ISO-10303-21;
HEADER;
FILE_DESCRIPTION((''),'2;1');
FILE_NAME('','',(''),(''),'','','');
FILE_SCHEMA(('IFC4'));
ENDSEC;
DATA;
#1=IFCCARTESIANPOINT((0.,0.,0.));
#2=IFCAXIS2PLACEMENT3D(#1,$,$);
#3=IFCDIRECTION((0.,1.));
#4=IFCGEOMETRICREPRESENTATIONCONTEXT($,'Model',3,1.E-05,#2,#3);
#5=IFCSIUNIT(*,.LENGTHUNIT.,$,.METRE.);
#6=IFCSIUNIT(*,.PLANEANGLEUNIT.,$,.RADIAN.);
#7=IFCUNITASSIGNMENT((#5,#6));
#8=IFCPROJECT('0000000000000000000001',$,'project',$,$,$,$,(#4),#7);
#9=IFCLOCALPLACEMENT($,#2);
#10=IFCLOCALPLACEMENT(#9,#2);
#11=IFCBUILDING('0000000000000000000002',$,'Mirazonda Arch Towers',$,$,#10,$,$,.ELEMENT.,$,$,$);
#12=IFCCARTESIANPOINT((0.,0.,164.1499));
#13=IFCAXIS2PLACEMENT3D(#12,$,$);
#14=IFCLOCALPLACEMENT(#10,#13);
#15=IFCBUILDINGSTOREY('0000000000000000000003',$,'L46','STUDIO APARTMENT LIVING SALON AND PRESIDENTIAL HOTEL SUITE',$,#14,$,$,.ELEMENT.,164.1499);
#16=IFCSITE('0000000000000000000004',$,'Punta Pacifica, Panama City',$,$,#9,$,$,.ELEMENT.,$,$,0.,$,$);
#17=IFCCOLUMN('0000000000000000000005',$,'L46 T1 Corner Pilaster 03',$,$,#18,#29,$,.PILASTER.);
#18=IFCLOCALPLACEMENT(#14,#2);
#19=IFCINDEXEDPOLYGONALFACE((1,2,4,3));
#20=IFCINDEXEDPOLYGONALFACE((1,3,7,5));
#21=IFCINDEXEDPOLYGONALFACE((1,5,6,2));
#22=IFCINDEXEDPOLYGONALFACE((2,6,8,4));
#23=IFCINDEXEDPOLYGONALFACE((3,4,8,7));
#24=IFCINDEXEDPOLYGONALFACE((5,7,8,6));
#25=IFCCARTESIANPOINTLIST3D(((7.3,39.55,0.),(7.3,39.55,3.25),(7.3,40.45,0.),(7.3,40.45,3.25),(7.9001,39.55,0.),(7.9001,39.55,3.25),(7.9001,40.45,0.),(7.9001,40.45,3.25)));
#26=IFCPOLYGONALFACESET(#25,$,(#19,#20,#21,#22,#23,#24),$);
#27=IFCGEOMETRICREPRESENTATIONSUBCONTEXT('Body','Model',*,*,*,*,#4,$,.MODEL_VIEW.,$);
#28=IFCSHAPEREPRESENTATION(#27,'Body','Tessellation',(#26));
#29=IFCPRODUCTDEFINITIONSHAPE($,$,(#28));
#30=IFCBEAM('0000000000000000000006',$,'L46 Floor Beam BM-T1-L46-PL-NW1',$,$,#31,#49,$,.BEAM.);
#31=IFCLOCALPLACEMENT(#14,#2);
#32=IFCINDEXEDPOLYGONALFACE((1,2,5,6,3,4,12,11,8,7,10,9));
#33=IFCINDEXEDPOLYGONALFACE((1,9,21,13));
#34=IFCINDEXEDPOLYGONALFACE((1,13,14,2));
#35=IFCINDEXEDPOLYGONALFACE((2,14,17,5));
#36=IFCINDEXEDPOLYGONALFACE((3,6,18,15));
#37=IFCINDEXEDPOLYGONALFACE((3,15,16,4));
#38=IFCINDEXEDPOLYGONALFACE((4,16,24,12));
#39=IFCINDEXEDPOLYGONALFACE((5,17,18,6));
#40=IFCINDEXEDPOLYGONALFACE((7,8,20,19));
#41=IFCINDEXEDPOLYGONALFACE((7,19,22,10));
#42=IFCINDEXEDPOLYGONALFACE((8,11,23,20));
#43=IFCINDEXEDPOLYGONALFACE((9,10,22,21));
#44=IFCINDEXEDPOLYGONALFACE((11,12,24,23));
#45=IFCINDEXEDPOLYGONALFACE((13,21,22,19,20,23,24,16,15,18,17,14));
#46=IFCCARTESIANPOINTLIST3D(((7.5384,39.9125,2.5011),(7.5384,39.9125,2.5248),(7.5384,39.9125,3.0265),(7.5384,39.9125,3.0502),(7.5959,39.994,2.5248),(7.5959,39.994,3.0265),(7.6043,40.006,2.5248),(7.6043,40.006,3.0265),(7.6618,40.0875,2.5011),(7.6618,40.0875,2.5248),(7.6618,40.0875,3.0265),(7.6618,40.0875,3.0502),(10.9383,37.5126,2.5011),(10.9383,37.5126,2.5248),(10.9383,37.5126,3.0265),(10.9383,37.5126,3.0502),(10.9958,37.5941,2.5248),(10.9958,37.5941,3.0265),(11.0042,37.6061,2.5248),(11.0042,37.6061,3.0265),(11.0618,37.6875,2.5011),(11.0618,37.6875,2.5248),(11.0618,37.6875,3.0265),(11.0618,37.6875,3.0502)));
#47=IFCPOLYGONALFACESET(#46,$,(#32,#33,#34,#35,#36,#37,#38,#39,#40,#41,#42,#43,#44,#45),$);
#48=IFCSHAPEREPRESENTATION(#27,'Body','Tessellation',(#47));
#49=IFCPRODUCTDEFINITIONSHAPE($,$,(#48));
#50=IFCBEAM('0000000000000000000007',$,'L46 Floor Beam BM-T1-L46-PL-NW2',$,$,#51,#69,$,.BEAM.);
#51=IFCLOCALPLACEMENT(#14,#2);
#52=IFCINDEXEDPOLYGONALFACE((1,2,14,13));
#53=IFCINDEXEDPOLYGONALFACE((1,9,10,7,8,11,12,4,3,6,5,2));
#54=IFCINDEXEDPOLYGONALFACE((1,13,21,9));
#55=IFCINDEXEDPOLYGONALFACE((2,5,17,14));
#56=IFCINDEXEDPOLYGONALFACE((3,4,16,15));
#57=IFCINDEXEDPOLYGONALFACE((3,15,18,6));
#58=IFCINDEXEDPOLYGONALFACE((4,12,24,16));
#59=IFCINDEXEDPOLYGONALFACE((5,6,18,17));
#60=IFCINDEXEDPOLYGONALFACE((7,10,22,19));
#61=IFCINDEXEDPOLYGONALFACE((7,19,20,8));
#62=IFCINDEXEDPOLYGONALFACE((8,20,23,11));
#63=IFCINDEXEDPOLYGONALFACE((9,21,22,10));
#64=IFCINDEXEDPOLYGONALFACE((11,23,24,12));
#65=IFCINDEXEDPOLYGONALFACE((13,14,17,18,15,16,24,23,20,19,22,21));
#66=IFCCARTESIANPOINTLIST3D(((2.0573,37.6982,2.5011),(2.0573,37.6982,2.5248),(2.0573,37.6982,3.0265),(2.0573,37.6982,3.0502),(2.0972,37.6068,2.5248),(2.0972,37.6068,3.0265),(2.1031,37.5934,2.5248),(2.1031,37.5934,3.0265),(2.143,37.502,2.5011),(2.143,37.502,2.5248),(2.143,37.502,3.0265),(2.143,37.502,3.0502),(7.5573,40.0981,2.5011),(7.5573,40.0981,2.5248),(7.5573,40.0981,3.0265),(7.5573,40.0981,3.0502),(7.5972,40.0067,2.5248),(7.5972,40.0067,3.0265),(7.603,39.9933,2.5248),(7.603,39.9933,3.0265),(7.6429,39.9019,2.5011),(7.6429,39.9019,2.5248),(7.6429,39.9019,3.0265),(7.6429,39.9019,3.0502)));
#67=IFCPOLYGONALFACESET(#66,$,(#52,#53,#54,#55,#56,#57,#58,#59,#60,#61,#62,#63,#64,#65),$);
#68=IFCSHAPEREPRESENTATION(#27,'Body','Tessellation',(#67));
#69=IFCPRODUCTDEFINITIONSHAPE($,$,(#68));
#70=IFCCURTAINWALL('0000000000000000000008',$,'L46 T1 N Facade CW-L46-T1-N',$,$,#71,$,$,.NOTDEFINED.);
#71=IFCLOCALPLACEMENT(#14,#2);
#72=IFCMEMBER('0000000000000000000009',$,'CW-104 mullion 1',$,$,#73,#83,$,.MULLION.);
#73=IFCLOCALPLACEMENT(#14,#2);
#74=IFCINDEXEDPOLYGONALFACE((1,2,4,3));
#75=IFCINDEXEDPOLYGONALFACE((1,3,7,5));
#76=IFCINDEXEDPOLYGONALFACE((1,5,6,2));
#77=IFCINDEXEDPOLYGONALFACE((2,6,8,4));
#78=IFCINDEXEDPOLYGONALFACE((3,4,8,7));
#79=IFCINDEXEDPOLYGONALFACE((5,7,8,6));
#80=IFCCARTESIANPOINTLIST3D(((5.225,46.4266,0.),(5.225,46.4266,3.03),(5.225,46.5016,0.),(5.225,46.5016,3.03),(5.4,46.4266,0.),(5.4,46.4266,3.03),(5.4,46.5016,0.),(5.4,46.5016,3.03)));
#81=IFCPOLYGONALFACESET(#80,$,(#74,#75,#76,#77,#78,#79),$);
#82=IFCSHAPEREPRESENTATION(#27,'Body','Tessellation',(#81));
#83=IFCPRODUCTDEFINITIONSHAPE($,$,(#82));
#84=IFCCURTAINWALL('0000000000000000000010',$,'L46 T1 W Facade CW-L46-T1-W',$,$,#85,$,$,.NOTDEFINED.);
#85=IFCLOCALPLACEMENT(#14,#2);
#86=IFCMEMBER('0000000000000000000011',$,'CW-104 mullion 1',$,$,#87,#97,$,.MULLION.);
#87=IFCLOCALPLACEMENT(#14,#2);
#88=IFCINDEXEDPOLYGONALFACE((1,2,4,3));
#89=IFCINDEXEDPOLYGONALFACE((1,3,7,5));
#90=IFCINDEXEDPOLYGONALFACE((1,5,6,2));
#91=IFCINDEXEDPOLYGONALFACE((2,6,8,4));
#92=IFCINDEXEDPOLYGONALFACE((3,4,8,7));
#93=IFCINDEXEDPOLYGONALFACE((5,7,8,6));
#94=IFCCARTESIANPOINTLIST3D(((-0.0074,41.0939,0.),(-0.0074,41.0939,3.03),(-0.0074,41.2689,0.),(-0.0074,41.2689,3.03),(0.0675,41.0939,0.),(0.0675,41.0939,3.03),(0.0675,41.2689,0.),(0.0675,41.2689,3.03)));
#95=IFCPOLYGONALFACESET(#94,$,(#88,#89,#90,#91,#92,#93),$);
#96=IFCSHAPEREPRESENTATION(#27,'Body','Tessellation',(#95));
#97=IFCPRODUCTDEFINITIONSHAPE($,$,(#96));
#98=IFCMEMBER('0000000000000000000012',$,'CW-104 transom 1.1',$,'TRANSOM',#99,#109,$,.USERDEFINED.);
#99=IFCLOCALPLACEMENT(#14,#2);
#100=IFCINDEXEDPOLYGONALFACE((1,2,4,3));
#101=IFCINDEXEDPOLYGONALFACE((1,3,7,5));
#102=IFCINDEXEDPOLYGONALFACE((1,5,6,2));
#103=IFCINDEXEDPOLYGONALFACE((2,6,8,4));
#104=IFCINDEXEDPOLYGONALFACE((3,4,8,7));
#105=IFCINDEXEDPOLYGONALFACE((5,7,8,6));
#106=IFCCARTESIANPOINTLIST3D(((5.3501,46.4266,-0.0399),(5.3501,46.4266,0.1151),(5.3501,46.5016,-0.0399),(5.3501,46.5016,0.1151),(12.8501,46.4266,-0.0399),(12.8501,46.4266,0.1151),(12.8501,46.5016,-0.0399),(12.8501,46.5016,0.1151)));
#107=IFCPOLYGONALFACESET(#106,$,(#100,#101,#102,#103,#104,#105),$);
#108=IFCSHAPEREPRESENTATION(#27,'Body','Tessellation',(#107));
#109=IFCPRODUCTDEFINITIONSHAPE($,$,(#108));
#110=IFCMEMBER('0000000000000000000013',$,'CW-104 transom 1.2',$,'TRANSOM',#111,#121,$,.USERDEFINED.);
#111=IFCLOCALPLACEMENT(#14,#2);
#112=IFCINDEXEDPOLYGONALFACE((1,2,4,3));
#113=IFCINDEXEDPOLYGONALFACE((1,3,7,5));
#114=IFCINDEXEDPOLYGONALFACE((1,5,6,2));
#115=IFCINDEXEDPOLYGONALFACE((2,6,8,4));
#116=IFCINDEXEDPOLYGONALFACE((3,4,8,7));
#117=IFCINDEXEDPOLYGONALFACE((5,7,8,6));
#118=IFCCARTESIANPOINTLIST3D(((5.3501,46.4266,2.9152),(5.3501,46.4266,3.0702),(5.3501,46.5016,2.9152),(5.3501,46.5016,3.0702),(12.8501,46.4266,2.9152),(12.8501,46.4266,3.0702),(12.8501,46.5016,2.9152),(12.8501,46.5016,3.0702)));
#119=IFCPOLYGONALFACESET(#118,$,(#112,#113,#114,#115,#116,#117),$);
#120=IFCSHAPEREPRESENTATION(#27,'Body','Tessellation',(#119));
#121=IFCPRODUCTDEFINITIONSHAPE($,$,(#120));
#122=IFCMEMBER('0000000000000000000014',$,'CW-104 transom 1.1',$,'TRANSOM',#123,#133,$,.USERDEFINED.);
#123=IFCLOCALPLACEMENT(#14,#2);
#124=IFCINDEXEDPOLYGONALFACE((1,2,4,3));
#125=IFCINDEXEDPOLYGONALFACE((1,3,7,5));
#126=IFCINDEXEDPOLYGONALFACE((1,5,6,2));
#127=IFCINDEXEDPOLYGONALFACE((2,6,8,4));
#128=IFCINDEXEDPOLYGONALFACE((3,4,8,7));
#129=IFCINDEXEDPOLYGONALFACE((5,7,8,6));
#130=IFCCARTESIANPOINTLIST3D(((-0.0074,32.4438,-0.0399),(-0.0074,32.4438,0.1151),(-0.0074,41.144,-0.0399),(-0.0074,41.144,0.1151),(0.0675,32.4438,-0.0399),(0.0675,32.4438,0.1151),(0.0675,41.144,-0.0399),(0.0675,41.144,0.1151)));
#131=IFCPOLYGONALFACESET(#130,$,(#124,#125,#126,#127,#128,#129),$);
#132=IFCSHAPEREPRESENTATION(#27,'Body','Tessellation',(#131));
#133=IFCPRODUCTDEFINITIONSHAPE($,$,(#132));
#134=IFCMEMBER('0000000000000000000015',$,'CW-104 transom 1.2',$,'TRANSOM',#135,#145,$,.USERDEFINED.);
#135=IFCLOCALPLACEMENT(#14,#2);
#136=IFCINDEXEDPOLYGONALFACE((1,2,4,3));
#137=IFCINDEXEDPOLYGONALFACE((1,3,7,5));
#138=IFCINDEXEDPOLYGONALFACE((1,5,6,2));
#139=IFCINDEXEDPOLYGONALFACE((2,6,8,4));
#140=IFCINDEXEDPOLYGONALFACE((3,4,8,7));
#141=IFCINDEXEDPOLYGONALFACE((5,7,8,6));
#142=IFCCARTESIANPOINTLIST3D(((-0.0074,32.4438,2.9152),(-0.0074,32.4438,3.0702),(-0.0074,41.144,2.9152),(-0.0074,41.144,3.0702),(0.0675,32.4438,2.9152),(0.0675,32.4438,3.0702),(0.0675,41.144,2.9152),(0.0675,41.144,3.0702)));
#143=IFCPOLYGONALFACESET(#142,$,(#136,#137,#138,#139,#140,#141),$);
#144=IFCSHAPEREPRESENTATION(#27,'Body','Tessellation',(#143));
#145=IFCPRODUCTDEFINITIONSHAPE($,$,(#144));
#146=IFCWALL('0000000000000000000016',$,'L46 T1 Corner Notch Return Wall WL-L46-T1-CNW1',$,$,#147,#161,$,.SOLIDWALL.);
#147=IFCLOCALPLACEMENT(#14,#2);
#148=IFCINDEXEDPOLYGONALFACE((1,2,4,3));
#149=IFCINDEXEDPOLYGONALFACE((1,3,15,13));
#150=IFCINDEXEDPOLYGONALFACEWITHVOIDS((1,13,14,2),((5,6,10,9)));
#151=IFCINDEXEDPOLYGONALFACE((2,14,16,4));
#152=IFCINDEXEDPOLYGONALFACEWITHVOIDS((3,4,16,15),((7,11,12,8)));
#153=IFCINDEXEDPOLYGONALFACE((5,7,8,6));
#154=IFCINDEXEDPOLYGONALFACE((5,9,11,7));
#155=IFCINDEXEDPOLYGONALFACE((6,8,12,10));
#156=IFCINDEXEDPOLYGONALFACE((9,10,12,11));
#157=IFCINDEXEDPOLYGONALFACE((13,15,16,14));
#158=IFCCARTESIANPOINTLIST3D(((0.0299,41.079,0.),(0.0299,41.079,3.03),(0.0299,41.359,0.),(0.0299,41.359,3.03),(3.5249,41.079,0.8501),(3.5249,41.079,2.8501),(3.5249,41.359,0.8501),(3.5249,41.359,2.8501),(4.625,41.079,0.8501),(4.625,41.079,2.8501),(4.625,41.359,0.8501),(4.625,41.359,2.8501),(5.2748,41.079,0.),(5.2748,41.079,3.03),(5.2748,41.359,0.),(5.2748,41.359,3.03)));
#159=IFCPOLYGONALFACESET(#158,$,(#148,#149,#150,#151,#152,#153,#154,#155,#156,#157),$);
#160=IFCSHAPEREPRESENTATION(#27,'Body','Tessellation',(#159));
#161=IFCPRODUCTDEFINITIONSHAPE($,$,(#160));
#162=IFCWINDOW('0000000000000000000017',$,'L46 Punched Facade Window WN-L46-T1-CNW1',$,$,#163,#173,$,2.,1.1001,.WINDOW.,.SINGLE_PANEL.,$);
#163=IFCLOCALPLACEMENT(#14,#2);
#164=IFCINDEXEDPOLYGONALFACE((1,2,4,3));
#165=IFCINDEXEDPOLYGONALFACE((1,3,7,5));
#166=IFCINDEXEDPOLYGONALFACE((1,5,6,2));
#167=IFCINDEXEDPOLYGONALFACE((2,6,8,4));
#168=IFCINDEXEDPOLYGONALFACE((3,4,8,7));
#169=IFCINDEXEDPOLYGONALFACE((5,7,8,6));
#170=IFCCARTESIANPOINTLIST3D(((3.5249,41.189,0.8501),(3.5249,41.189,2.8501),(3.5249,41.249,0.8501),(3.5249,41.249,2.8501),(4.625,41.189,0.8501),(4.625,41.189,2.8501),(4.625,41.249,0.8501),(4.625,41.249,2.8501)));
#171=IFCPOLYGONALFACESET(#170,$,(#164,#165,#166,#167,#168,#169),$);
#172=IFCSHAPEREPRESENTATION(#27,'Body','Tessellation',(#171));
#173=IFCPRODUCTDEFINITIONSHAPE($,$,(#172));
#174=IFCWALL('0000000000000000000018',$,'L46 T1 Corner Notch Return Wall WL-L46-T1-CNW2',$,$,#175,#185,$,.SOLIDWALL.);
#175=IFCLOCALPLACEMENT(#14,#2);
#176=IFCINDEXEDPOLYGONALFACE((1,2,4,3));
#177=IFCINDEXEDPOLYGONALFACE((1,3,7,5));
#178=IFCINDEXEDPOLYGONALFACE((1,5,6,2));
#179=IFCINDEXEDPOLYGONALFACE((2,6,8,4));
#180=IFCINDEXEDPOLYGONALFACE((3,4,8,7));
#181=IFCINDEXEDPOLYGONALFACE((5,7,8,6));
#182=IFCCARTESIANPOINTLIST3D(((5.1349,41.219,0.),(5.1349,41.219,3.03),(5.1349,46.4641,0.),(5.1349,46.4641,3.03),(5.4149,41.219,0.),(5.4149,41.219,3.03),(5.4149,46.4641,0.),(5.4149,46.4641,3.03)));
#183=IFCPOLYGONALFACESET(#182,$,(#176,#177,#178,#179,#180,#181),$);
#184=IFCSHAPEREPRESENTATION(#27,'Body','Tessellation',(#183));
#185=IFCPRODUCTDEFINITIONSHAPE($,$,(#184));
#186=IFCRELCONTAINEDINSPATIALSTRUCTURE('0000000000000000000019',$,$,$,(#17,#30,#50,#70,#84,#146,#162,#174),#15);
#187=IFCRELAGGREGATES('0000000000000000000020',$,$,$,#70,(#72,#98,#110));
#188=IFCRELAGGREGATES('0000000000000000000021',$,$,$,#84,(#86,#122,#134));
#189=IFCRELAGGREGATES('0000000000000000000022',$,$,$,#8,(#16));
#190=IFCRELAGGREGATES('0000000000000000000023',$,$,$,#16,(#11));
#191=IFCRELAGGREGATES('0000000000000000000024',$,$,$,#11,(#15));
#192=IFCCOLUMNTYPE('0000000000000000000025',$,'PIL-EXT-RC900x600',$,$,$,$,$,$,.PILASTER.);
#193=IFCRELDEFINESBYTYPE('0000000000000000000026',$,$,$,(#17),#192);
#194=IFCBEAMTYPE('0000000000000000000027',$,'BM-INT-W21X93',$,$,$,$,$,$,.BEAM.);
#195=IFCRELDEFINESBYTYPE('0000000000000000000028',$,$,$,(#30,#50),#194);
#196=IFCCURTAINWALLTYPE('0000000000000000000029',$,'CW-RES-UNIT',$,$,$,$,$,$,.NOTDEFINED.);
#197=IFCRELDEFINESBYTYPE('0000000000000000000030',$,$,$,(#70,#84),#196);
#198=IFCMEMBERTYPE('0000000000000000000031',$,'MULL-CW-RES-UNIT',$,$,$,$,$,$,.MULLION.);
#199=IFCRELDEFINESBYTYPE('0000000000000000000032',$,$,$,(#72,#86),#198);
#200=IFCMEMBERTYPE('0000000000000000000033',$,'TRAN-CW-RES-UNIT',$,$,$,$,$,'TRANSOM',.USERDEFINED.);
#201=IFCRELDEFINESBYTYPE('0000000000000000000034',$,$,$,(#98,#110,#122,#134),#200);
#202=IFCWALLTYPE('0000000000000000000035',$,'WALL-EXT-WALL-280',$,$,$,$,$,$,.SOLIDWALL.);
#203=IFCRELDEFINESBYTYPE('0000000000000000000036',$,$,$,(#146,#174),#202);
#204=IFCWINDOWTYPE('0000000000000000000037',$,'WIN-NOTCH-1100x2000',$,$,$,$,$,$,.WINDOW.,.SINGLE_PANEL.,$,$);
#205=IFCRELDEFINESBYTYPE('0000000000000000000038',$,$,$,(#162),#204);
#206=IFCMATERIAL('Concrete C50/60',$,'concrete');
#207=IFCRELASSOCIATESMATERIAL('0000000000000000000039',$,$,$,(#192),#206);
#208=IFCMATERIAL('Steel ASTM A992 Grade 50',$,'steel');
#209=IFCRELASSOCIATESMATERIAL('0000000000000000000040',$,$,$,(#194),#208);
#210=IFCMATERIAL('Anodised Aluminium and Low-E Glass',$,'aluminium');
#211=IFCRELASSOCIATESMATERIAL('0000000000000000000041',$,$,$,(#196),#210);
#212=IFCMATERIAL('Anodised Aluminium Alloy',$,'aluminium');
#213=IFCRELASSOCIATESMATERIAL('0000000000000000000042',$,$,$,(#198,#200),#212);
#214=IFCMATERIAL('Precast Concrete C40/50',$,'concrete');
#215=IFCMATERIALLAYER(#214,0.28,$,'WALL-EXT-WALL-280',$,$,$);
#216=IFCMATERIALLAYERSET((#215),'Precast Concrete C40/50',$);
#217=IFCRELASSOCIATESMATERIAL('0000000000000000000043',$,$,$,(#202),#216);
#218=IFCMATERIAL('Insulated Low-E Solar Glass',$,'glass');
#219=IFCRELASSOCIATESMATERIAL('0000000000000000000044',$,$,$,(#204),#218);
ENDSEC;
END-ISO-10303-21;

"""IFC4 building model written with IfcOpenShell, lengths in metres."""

from ifc_helpers import new_model, si_unit, direction, frame, frame_2d, origin, origin_2d, place, context, subcontext, project, spatial, rectangle, i_section, extrude, material, layer, layer_set, material_profile, profile_set, type_object, element, fill, aggregate, save


model = new_model("IFC4")

# Units and contexts
model_context = context("Model", 3, precision=1e-05, world=origin(), true_north=direction((0.0, 1.0)))
body_context = subcontext(model_context, "Body", "Model", "MODEL_VIEW")
ifc_project = project(units=[si_unit("LENGTHUNIT", "METRE"), si_unit("PLANEANGLEUNIT", "RADIAN")], contexts=[model_context])

# Site, building, storey
site_placement = place(None, origin())
site = spatial("IfcSite", under=ifc_project, at=site_placement, Name="Punta Pacifica, Panama City", CompositionType="ELEMENT", RefElevation=0.0)
building_placement = place(site_placement, origin())
building = spatial("IfcBuilding", under=site, at=building_placement, Name="Mirazonda Arch Towers", CompositionType="ELEMENT")
storey_placement = place(building_placement, frame((0.0, 0.0, 164.1499)))
storey = spatial("IfcBuildingStorey", under=building, at=storey_placement, Name="L46", Description="STUDIO APARTMENT LIVING SALON AND PRESIDENTIAL HOTEL SUITE", CompositionType="ELEMENT", Elevation=164.1499)

# Column
ifc_material_1 = material(Name="Concrete C50/60", Category="concrete")
ifc_material_profile_1 = material_profile(ifc_material_1, rectangle(XDim=0.6001, YDim=0.8999, at=origin_2d()), Name="RC900x600")
ifc_profile_set_1 = profile_set([ifc_material_profile_1], Name="Concrete C50/60")
column_type = type_object("IfcColumnType", Name="PIL-EXT-RC900x600", PredefinedType="PILASTER", material=ifc_profile_set_1)
column_placement = place(storey_placement, frame((7.6001, 40.0, 0.0), z_axis=(0.0, 0.0, 1.0), x_axis=(1.0, 0.0, 0.0)))
element("IfcColumn", 1, at=column_placement, inside=storey, type_object=column_type, Name="L46 T1 Corner Pilaster 03", PredefinedType="PILASTER", context=body_context, shape_type="SweptSolid", body=[
    extrude(rectangle(XDim=0.6001, YDim=0.8999, at=origin_2d()), origin(), (0.0, 0.0, 1.0), 3.25),
])

# Beams
ifc_material_2 = material(Name="Steel ASTM A992 Grade 50", Category="steel")
ifc_material_profile_2 = material_profile(ifc_material_2, i_section(OverallWidth=0.2141, OverallDepth=0.5491, WebThickness=0.0146, FlangeThickness=0.0237, at=origin_2d()), Name="W21X93")
ifc_profile_set_2 = profile_set([ifc_material_profile_2], Name="Steel ASTM A992 Grade 50")
beam_type = type_object("IfcBeamType", Name="BM-INT-W21X93", PredefinedType="BEAM", material=ifc_profile_set_2)
beam_1_placement = place(storey_placement, frame((7.6001, 40.0, 2.7756), z_axis=(0.816971, -0.576679, 0.0), x_axis=(0.576679, 0.816971, 0.0)))
element("IfcBeam", 2, at=beam_1_placement, inside=storey, type_object=beam_type, Name="L46 Floor Beam BM-T1-L46-PL-NW1", PredefinedType="BEAM", context=body_context, shape_type="SweptSolid", body=[
    extrude(i_section(OverallWidth=0.2141, OverallDepth=0.5491, WebThickness=0.0146, FlangeThickness=0.0237, at=origin_2d()), origin(), (0.0, 0.0, 1.0), 4.1616),
])
beam_2_placement = place(storey_placement, frame((7.6001, 40.0, 2.7756), z_axis=(-0.916545, -0.399931, 0.0), x_axis=(0.399931, -0.916545, 0.0)))
element("IfcBeam", 3, at=beam_2_placement, inside=storey, type_object=beam_type, Name="L46 Floor Beam BM-T1-L46-PL-NW2", PredefinedType="BEAM", context=body_context, shape_type="SweptSolid", body=[
    extrude(i_section(OverallWidth=0.2141, OverallDepth=0.5491, WebThickness=0.0146, FlangeThickness=0.0237, at=origin_2d()), origin(), (0.0, 0.0, 1.0), 6.0007),
])

# Curtain walls, members
ifc_material_3 = material(Name="Anodised Aluminium and Low-E Glass", Category="aluminium")
curtain_wall_type = type_object("IfcCurtainWallType", Name="CW-RES-UNIT", PredefinedType="NOTDEFINED", material=ifc_material_3)
curtain_wall_1_placement = place(storey_placement, origin())
curtain_wall_1 = element("IfcCurtainWall", 4, at=curtain_wall_1_placement, inside=storey, type_object=curtain_wall_type, Name="L46 T1 N Facade CW-L46-T1-N", PredefinedType="NOTDEFINED")
ifc_material_4 = material(Name="Anodised Aluminium Alloy", Category="aluminium")
ifc_material_profile_3 = material_profile(ifc_material_4, rectangle(XDim=0.075, YDim=0.175, at=origin_2d()), Name="ALU-MULL-75x175")
ifc_profile_set_3 = profile_set([ifc_material_profile_3], Name="Anodised Aluminium Alloy")
member_type_1 = type_object("IfcMemberType", Name="MULL-CW-RES-UNIT", PredefinedType="MULLION", material=ifc_profile_set_3)
member_1_placement = place(storey_placement, frame((5.3125, 46.4641, 0.0), z_axis=(0.0, 0.0, 1.0), x_axis=(0.0, 1.0, 0.0)))
member_1 = element("IfcMember", 5, at=member_1_placement, type_object=member_type_1, Name="CW-104 mullion 1", PredefinedType="MULLION", context=body_context, shape_type="SweptSolid", body=[
    extrude(rectangle(XDim=0.075, YDim=0.175, at=origin_2d()), origin(), (0.0, 0.0, 1.0), 3.03),
])
curtain_wall_2_placement = place(storey_placement, origin())
curtain_wall_2 = element("IfcCurtainWall", 6, at=curtain_wall_2_placement, inside=storey, type_object=curtain_wall_type, Name="L46 T1 W Facade CW-L46-T1-W", PredefinedType="NOTDEFINED")
member_2_placement = place(storey_placement, frame((0.03, 41.1814, 0.0), z_axis=(0.0, 0.0, 1.0), x_axis=(1.0, 0.0, 0.0)))
member_2 = element("IfcMember", 7, at=member_2_placement, type_object=member_type_1, Name="CW-104 mullion 1", PredefinedType="MULLION", context=body_context, shape_type="SweptSolid", body=[
    extrude(rectangle(XDim=0.075, YDim=0.175, at=origin_2d()), origin(), (0.0, 0.0, 1.0), 3.03),
])

# Members
ifc_material_profile_4 = material_profile(ifc_material_4, rectangle(XDim=0.075, YDim=0.155, at=origin_2d()), Name="ALU-TRAN-75x155")
ifc_profile_set_4 = profile_set([ifc_material_profile_4], Name="Anodised Aluminium Alloy")
member_type_2 = type_object("IfcMemberType", Name="TRAN-CW-RES-UNIT", ElementType="TRANSOM", PredefinedType="USERDEFINED", material=ifc_profile_set_4)
member_3_placement = place(storey_placement, frame((5.3501, 46.4641, 0.0376), z_axis=(1.0, 0.0, 0.0), x_axis=(0.0, 1.0, 0.0)))
member_3 = element("IfcMember", 8, at=member_3_placement, type_object=member_type_2, Name="CW-104 transom 1.1", ObjectType="TRANSOM", PredefinedType="USERDEFINED", context=body_context, shape_type="SweptSolid", body=[
    extrude(rectangle(XDim=0.075, YDim=0.155, at=origin_2d()), origin(), (0.0, 0.0, 1.0), 7.5),
])
member_4_placement = place(storey_placement, frame((5.3501, 46.4641, 2.9927), z_axis=(1.0, 0.0, 0.0), x_axis=(0.0, 1.0, 0.0)))
member_4 = element("IfcMember", 9, at=member_4_placement, type_object=member_type_2, Name="CW-104 transom 1.2", ObjectType="TRANSOM", PredefinedType="USERDEFINED", context=body_context, shape_type="SweptSolid", body=[
    extrude(rectangle(XDim=0.075, YDim=0.155, at=origin_2d()), origin(), (0.0, 0.0, 1.0), 7.5),
])
aggregate(curtain_wall_1, [member_1, member_3, member_4])
member_5_placement = place(storey_placement, frame((0.03, 41.144, 0.0376), z_axis=(0.0, -1.0, 0.0), x_axis=(1.0, 0.0, 0.0)))
member_5 = element("IfcMember", 10, at=member_5_placement, type_object=member_type_2, Name="CW-104 transom 1.1", ObjectType="TRANSOM", PredefinedType="USERDEFINED", context=body_context, shape_type="SweptSolid", body=[
    extrude(rectangle(XDim=0.075, YDim=0.155, at=origin_2d()), origin(), (0.0, 0.0, 1.0), 8.7002),
])
member_6_placement = place(storey_placement, frame((0.03, 41.144, 2.9927), z_axis=(0.0, -1.0, 0.0), x_axis=(1.0, 0.0, 0.0)))
member_6 = element("IfcMember", 11, at=member_6_placement, type_object=member_type_2, Name="CW-104 transom 1.2", ObjectType="TRANSOM", PredefinedType="USERDEFINED", context=body_context, shape_type="SweptSolid", body=[
    extrude(rectangle(XDim=0.075, YDim=0.155, at=origin_2d()), origin(), (0.0, 0.0, 1.0), 8.7002),
])
aggregate(curtain_wall_2, [member_2, member_5, member_6])

# Wall, opening, window
ifc_material_5 = material(Name="Precast Concrete C40/50", Category="concrete")
ifc_layer_1 = layer(ifc_material_5, 0.28, Name="WALL-EXT-WALL-280")
ifc_layer_set_1 = layer_set([ifc_layer_1], Name="Precast Concrete C40/50")
wall_type_1 = type_object("IfcWallType", Name="WALL-EXT-WALL-280", PredefinedType="SOLIDWALL", material=ifc_layer_set_1)
wall_1_placement = place(storey_placement, frame((5.2749, 41.219, 0.0), z_axis=(0.0, 0.0, 1.0), x_axis=(-1.0, 0.0, 0.0)))
wall_1 = element("IfcWall", 12, at=wall_1_placement, inside=storey, type_object=wall_type_1, Name="L46 T1 Corner Notch Return Wall WL-L46-T1-CNW1", PredefinedType="SOLIDWALL", context=body_context, shape_type="SweptSolid", body=[
    extrude(rectangle(XDim=5.2449, YDim=0.28, at=frame_2d((2.6226, 0.0))), origin(), (0.0, 0.0, 1.0), 3.03),
])
opening_1_placement = place(wall_1_placement, frame((0.6499, 0.0, 0.8501)))
opening_1 = element("IfcOpeningElement", 13, at=opening_1_placement, cuts=wall_1, PredefinedType="OPENING", context=body_context, shape_type="SweptSolid", body=[
    extrude(rectangle(XDim=1.1001, YDim=2.0, at=frame_2d((0.55, 1.0))), frame((0.0, 0.1499, 0.0), z_axis=(0.0, -1.0, 0.0), x_axis=(1.0, 0.0, 0.0)), (0.0, 0.0, 1.0), 0.3),
])
ifc_material_6 = material(Name="Insulated Low-E Solar Glass", Category="glass")
window_type = type_object("IfcWindowType", Name="WIN-NOTCH-1100x2000", PartitioningType="SINGLE_PANEL", PredefinedType="WINDOW", material=ifc_material_6)
window_placement = place(opening_1_placement, origin())
window = element("IfcWindow", 14, at=window_placement, inside=storey, type_object=window_type, Name="L46 Punched Facade Window WN-L46-T1-CNW1", OverallHeight=2.0, OverallWidth=1.1001, PartitioningType="SINGLE_PANEL", PredefinedType="WINDOW", context=body_context, shape_type="SweptSolid", body=[
    extrude(rectangle(XDim=1.1001, YDim=2.0, at=frame_2d((0.55, 1.0))), frame((0.0, 0.03, 0.0), z_axis=(0.0, -1.0, 0.0), x_axis=(1.0, 0.0, 0.0)), (0.0, 0.0, 1.0), 0.0601),
])
fill(opening_1, window)

# Wall
wall_2_placement = place(storey_placement, frame((5.2749, 46.4641, 0.0), z_axis=(0.0, 0.0, 1.0), x_axis=(0.0, -1.0, 0.0)))
element("IfcWall", 15, at=wall_2_placement, inside=storey, type_object=wall_type_1, Name="L46 T1 Corner Notch Return Wall WL-L46-T1-CNW2", PredefinedType="SOLIDWALL", context=body_context, shape_type="SweptSolid", body=[
    extrude(rectangle(XDim=5.2451, YDim=0.28, at=frame_2d((2.6226, 0.0))), origin(), (0.0, 0.0, 1.0), 3.03),
])

save(model, "model.ifc")
